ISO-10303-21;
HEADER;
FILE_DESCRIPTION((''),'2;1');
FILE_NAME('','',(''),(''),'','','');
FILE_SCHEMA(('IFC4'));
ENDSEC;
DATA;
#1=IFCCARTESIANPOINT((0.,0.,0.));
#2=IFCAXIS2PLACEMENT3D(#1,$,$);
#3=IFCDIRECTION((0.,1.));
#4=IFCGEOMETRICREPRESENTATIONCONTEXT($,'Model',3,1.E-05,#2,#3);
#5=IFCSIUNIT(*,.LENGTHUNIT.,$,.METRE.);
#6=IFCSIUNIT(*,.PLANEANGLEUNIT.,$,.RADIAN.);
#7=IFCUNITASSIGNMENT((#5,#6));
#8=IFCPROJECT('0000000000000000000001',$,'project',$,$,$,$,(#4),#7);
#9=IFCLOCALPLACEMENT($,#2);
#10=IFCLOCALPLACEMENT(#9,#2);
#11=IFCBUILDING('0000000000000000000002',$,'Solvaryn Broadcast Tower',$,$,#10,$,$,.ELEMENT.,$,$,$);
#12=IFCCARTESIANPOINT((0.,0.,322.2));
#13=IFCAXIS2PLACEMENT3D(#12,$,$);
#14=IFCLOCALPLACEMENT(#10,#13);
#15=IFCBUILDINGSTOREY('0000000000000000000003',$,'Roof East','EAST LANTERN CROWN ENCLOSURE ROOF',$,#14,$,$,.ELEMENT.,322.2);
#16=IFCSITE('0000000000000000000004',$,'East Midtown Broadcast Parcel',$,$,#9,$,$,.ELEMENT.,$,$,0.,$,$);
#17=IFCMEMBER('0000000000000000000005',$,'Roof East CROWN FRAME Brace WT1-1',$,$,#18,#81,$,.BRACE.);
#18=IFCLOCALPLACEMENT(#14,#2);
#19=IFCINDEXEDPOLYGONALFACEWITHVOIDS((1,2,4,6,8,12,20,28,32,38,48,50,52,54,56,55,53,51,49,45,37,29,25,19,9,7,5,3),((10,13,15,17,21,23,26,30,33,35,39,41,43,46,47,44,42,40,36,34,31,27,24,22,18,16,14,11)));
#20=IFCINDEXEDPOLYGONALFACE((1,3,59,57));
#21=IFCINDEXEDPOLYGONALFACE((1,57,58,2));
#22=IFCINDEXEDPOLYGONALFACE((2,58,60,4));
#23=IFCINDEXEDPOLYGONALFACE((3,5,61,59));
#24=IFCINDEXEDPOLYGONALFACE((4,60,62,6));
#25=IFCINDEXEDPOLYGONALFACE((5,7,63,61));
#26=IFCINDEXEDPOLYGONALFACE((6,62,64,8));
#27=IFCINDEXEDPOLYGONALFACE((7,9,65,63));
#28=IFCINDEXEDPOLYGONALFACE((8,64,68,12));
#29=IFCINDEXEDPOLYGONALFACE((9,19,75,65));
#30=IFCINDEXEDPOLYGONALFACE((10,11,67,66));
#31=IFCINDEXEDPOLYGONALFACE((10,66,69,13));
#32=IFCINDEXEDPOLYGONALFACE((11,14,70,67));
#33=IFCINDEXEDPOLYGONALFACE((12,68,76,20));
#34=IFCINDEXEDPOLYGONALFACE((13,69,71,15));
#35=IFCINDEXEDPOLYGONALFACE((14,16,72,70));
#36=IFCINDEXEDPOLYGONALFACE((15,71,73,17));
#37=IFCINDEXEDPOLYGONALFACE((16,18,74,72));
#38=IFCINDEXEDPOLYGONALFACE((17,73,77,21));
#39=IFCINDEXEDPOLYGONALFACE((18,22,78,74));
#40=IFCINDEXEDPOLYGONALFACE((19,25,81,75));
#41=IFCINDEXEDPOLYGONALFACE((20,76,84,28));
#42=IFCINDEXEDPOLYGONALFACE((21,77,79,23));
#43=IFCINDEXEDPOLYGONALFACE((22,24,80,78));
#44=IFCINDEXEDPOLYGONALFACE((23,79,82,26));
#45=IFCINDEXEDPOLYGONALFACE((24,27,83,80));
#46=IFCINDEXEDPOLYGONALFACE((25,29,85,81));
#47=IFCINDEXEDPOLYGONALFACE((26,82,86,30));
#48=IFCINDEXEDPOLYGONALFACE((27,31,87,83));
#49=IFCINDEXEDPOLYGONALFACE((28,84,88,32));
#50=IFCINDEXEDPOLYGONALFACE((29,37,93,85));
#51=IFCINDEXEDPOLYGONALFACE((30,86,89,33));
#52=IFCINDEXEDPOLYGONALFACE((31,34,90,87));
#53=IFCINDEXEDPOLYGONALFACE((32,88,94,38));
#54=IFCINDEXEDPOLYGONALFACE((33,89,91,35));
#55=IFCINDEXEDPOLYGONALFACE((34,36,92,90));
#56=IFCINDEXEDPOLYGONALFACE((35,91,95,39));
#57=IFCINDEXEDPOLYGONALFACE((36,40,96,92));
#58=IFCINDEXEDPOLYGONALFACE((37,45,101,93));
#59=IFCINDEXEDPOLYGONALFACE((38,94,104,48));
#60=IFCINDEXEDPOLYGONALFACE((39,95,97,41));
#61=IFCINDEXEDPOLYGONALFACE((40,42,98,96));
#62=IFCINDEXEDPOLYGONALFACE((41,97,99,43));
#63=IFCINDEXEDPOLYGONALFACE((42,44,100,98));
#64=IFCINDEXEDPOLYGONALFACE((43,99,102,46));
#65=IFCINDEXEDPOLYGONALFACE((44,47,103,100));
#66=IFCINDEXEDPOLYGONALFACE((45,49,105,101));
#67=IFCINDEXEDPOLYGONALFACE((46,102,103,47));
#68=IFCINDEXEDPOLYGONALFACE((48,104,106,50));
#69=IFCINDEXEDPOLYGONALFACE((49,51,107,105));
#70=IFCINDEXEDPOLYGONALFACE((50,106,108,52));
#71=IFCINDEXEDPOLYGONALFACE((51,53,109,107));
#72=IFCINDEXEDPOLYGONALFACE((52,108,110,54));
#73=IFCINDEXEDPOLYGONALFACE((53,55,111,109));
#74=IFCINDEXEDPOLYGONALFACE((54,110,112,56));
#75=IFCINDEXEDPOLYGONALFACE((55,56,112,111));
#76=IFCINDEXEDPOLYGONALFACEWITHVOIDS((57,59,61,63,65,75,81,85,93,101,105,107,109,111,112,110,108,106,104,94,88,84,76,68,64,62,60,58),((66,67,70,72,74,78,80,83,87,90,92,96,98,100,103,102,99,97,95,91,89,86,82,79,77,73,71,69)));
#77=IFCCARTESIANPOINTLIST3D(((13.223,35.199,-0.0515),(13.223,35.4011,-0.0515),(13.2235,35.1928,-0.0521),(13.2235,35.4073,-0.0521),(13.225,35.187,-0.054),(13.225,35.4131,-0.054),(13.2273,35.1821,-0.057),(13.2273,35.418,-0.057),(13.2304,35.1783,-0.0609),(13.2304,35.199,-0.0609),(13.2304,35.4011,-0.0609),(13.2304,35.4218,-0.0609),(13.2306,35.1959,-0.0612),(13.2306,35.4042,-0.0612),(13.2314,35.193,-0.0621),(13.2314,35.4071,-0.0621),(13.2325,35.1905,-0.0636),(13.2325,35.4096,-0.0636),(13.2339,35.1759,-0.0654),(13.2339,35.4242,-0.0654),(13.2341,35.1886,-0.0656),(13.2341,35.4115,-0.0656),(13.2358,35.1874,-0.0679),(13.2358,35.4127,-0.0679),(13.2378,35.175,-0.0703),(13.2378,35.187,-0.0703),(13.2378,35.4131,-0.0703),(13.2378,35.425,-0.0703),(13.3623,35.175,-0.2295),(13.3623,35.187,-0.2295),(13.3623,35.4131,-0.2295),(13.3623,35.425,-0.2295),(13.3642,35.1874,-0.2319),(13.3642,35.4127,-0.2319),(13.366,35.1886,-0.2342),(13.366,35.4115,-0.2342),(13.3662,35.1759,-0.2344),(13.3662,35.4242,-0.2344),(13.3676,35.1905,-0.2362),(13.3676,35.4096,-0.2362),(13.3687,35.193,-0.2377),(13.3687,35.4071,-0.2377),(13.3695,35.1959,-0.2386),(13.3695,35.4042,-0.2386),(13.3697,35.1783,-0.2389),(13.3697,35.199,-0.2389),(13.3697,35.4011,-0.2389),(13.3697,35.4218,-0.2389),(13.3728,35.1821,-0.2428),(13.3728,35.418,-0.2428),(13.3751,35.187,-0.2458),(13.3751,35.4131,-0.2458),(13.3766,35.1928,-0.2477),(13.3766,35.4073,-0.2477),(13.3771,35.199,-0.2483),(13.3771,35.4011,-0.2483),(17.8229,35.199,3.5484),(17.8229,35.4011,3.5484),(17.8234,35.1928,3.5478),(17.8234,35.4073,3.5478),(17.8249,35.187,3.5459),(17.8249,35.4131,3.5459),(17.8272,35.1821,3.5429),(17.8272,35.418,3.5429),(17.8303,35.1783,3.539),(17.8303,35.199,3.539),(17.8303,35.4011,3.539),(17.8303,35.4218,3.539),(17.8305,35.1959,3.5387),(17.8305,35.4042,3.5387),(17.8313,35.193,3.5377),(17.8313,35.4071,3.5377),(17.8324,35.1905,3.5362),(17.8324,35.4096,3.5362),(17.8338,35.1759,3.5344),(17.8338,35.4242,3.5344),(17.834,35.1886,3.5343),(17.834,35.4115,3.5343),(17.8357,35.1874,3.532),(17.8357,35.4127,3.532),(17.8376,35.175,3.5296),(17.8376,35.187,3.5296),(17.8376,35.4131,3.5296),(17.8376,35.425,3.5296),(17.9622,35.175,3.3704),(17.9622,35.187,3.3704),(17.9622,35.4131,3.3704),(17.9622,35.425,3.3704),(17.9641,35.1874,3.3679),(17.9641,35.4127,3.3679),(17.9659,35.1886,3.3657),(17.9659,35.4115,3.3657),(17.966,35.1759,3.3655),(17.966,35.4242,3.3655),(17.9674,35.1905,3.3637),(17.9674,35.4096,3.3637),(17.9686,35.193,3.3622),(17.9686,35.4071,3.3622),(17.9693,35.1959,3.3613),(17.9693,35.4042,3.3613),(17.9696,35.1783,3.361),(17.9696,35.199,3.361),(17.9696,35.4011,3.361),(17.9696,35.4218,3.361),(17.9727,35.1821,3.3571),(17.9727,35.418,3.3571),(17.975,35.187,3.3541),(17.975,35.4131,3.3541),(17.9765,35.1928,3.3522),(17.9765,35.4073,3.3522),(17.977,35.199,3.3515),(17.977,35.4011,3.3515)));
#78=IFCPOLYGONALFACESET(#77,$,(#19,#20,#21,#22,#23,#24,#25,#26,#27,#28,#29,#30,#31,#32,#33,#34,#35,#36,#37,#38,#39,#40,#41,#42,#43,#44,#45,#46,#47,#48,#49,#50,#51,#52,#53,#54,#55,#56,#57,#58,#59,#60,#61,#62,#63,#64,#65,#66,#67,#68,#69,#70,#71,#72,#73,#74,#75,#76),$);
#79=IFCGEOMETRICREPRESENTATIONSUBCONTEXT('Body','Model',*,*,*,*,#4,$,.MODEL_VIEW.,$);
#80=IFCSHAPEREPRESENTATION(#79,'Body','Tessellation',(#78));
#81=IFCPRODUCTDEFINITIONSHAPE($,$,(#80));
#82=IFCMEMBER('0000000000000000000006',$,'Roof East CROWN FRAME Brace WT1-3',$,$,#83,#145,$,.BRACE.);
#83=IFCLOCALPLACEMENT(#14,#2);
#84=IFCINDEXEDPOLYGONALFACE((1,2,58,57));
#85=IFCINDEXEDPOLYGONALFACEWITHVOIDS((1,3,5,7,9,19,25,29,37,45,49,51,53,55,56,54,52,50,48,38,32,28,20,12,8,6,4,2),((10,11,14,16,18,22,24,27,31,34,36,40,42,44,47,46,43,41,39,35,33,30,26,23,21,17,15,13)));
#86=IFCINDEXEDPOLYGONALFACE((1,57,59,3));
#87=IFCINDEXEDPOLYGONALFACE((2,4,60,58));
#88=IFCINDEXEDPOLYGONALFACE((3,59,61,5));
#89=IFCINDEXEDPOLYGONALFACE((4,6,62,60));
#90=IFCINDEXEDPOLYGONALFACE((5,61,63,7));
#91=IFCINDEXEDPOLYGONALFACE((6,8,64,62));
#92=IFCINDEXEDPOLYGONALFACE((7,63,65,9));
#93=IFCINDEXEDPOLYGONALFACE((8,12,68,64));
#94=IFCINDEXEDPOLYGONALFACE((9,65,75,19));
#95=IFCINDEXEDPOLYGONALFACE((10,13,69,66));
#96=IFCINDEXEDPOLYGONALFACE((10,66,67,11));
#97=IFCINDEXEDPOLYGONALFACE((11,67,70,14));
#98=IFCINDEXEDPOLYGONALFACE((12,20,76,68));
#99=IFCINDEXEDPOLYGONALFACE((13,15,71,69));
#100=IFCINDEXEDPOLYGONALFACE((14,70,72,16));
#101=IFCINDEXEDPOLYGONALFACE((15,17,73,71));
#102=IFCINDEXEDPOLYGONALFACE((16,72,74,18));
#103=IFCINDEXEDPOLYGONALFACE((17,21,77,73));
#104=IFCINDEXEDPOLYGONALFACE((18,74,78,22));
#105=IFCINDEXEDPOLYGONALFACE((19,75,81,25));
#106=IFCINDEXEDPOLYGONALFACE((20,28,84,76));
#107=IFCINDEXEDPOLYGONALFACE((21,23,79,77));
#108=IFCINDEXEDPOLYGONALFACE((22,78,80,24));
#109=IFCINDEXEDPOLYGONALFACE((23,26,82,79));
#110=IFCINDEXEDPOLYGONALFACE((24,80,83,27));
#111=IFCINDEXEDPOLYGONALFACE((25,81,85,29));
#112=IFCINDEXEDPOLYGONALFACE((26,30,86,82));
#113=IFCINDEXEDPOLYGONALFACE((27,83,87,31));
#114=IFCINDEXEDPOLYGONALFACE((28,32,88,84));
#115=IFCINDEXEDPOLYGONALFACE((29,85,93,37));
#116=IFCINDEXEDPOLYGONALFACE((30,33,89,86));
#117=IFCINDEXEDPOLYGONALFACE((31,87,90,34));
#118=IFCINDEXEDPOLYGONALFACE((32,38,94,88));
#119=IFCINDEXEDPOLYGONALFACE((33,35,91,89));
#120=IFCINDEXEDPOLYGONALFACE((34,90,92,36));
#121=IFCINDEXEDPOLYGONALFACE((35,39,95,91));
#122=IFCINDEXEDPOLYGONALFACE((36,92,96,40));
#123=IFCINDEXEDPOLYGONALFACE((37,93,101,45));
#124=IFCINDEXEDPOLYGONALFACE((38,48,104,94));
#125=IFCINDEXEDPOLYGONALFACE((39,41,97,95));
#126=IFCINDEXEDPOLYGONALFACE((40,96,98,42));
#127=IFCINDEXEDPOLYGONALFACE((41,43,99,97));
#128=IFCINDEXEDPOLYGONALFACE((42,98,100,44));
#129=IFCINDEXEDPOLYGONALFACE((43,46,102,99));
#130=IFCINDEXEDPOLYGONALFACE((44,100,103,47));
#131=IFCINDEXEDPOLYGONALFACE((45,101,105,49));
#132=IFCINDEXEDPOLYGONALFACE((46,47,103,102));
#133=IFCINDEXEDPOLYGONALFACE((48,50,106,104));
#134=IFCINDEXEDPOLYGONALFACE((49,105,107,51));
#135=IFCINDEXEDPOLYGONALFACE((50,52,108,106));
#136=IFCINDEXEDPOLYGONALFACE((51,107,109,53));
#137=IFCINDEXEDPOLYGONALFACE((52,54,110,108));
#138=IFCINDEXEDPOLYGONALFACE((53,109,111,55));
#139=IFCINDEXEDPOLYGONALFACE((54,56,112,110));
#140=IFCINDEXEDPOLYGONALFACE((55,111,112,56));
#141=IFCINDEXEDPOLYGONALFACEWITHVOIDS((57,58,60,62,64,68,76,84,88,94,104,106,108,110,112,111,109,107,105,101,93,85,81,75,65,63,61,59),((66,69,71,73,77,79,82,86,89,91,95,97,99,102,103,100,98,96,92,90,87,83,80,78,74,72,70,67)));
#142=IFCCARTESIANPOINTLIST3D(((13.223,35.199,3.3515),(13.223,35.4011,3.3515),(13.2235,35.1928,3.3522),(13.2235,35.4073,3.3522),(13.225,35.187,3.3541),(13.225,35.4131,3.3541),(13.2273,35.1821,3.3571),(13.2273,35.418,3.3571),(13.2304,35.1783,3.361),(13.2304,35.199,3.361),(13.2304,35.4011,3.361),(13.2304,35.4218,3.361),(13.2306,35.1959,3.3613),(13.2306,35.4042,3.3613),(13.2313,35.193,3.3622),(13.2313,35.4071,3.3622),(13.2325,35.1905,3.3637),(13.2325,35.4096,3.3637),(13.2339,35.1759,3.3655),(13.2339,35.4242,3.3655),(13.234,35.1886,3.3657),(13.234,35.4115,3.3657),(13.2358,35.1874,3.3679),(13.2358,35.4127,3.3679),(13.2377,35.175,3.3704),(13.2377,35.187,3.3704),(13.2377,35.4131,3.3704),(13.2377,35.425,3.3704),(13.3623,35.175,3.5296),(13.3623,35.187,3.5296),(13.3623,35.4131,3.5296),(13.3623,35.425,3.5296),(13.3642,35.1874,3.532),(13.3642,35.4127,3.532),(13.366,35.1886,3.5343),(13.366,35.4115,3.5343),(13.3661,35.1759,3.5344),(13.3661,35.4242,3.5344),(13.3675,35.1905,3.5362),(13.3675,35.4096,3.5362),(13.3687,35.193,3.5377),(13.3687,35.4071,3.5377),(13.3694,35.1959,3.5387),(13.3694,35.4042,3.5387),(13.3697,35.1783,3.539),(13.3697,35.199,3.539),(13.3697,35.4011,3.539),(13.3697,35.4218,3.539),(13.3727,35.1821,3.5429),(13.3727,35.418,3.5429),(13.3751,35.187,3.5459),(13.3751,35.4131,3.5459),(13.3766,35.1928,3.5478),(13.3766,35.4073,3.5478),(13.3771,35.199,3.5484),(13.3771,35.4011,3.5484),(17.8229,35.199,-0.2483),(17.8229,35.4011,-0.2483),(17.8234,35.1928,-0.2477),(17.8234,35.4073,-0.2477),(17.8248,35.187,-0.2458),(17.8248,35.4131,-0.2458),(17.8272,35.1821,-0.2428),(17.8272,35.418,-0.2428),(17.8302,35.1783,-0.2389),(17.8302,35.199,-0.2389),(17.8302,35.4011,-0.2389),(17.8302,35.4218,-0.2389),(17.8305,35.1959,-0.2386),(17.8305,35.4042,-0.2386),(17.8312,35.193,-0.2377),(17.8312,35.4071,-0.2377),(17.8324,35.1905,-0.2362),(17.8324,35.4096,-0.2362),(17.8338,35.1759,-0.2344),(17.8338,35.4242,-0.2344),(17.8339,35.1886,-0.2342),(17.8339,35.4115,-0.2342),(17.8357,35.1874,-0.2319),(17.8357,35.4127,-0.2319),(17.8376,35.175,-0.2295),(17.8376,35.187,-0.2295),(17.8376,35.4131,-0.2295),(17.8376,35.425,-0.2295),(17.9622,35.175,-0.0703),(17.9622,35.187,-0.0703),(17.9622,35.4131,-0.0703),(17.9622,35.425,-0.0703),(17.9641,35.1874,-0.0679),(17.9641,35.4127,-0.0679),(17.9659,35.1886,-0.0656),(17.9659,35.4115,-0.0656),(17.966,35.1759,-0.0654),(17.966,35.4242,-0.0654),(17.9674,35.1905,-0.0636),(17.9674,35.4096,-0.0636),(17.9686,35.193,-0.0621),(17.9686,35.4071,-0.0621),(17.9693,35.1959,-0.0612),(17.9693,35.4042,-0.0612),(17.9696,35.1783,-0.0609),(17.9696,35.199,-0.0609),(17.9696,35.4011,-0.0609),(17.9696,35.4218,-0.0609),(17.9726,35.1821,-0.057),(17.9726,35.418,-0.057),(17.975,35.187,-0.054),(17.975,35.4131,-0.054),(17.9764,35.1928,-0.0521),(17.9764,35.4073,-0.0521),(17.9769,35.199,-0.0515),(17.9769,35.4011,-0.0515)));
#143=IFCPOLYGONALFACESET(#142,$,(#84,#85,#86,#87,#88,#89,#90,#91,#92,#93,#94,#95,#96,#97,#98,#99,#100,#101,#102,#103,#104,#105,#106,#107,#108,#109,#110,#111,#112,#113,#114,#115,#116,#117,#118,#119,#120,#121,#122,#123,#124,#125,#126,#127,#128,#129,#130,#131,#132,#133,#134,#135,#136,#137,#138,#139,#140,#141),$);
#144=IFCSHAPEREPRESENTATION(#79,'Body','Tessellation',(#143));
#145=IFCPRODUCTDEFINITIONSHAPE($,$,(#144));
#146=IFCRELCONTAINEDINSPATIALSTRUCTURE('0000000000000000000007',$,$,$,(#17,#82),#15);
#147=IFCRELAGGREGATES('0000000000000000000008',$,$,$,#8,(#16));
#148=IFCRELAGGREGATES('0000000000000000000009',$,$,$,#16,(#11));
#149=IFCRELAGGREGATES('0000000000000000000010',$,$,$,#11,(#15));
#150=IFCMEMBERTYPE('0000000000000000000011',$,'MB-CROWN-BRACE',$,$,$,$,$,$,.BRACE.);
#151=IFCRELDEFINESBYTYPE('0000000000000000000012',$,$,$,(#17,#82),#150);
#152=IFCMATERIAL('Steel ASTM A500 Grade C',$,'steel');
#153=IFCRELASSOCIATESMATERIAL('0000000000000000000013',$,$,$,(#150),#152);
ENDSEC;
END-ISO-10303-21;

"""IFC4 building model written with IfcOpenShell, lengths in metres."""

from ifc_helpers import new_model, si_unit, direction, frame, origin, origin_2d, place, context, subcontext, project, spatial, hollow_rectangle, extrude, material, material_profile, profile_set, type_object, element, save


model = new_model("IFC4")

# Units and contexts
model_context = context("Model", 3, precision=1e-05, world=origin(), true_north=direction((0.0, 1.0)))
body_context = subcontext(model_context, "Body", "Model", "MODEL_VIEW")
ifc_project = project(units=[si_unit("LENGTHUNIT", "METRE"), si_unit("PLANEANGLEUNIT", "RADIAN")], contexts=[model_context])

# Site, building, storey
site_placement = place(None, origin())
site = spatial("IfcSite", under=ifc_project, at=site_placement, Name="East Midtown Broadcast Parcel", CompositionType="ELEMENT", RefElevation=0.0)
building_placement = place(site_placement, origin())
building = spatial("IfcBuilding", under=site, at=building_placement, Name="Solvaryn Broadcast Tower", CompositionType="ELEMENT")
storey_placement = place(building_placement, frame((0.0, 0.0, 322.2)))
storey = spatial("IfcBuildingStorey", under=building, at=storey_placement, Name="Roof East", Description="EAST LANTERN CROWN ENCLOSURE ROOF", CompositionType="ELEMENT", Elevation=322.2)

# Members
ifc_material_1 = material(Name="Steel ASTM A500 Grade C", Category="steel")
ifc_material_profile_1 = material_profile(ifc_material_1, hollow_rectangle(XDim=0.25, YDim=0.25, WallThickness=0.012, InnerFilletRadius=0.012, OuterFilletRadius=0.0239, at=origin_2d()))
ifc_profile_set_1 = profile_set([ifc_material_profile_1], Name="Steel ASTM A500 Grade C")
member_type_1 = type_object("IfcMemberType", Name="MB-CROWN-BRACE", PredefinedType="BRACE", material=ifc_profile_set_1)
for number, where, z_axis, x_axis, name in (
    (1, (13.3, 35.3, -0.1499), (0.787508, 0.0, 0.616305), (0.0, 1.0, 0.0), "Roof East CROWN FRAME Brace WT1-1"),
    (2, (17.8999, 35.3, -0.1499), (-0.787508, 0.0, 0.616305), (0.0, -1.0, 0.0), "Roof East CROWN FRAME Brace WT1-3"),
):
    element("IfcMember", number, at=place(storey_placement, frame(where, z_axis=z_axis, x_axis=x_axis)), inside=storey, type_object=member_type_1, Name=name, PredefinedType="BRACE", context=body_context, shape_type="SweptSolid", body=[
        extrude(hollow_rectangle(XDim=0.25, YDim=0.25, WallThickness=0.012, InnerFilletRadius=0.012, OuterFilletRadius=0.0239, at=origin_2d()), origin(), (0.0, 0.0, 1.0), 5.8411),
    ])

save(model, "model.ifc")
